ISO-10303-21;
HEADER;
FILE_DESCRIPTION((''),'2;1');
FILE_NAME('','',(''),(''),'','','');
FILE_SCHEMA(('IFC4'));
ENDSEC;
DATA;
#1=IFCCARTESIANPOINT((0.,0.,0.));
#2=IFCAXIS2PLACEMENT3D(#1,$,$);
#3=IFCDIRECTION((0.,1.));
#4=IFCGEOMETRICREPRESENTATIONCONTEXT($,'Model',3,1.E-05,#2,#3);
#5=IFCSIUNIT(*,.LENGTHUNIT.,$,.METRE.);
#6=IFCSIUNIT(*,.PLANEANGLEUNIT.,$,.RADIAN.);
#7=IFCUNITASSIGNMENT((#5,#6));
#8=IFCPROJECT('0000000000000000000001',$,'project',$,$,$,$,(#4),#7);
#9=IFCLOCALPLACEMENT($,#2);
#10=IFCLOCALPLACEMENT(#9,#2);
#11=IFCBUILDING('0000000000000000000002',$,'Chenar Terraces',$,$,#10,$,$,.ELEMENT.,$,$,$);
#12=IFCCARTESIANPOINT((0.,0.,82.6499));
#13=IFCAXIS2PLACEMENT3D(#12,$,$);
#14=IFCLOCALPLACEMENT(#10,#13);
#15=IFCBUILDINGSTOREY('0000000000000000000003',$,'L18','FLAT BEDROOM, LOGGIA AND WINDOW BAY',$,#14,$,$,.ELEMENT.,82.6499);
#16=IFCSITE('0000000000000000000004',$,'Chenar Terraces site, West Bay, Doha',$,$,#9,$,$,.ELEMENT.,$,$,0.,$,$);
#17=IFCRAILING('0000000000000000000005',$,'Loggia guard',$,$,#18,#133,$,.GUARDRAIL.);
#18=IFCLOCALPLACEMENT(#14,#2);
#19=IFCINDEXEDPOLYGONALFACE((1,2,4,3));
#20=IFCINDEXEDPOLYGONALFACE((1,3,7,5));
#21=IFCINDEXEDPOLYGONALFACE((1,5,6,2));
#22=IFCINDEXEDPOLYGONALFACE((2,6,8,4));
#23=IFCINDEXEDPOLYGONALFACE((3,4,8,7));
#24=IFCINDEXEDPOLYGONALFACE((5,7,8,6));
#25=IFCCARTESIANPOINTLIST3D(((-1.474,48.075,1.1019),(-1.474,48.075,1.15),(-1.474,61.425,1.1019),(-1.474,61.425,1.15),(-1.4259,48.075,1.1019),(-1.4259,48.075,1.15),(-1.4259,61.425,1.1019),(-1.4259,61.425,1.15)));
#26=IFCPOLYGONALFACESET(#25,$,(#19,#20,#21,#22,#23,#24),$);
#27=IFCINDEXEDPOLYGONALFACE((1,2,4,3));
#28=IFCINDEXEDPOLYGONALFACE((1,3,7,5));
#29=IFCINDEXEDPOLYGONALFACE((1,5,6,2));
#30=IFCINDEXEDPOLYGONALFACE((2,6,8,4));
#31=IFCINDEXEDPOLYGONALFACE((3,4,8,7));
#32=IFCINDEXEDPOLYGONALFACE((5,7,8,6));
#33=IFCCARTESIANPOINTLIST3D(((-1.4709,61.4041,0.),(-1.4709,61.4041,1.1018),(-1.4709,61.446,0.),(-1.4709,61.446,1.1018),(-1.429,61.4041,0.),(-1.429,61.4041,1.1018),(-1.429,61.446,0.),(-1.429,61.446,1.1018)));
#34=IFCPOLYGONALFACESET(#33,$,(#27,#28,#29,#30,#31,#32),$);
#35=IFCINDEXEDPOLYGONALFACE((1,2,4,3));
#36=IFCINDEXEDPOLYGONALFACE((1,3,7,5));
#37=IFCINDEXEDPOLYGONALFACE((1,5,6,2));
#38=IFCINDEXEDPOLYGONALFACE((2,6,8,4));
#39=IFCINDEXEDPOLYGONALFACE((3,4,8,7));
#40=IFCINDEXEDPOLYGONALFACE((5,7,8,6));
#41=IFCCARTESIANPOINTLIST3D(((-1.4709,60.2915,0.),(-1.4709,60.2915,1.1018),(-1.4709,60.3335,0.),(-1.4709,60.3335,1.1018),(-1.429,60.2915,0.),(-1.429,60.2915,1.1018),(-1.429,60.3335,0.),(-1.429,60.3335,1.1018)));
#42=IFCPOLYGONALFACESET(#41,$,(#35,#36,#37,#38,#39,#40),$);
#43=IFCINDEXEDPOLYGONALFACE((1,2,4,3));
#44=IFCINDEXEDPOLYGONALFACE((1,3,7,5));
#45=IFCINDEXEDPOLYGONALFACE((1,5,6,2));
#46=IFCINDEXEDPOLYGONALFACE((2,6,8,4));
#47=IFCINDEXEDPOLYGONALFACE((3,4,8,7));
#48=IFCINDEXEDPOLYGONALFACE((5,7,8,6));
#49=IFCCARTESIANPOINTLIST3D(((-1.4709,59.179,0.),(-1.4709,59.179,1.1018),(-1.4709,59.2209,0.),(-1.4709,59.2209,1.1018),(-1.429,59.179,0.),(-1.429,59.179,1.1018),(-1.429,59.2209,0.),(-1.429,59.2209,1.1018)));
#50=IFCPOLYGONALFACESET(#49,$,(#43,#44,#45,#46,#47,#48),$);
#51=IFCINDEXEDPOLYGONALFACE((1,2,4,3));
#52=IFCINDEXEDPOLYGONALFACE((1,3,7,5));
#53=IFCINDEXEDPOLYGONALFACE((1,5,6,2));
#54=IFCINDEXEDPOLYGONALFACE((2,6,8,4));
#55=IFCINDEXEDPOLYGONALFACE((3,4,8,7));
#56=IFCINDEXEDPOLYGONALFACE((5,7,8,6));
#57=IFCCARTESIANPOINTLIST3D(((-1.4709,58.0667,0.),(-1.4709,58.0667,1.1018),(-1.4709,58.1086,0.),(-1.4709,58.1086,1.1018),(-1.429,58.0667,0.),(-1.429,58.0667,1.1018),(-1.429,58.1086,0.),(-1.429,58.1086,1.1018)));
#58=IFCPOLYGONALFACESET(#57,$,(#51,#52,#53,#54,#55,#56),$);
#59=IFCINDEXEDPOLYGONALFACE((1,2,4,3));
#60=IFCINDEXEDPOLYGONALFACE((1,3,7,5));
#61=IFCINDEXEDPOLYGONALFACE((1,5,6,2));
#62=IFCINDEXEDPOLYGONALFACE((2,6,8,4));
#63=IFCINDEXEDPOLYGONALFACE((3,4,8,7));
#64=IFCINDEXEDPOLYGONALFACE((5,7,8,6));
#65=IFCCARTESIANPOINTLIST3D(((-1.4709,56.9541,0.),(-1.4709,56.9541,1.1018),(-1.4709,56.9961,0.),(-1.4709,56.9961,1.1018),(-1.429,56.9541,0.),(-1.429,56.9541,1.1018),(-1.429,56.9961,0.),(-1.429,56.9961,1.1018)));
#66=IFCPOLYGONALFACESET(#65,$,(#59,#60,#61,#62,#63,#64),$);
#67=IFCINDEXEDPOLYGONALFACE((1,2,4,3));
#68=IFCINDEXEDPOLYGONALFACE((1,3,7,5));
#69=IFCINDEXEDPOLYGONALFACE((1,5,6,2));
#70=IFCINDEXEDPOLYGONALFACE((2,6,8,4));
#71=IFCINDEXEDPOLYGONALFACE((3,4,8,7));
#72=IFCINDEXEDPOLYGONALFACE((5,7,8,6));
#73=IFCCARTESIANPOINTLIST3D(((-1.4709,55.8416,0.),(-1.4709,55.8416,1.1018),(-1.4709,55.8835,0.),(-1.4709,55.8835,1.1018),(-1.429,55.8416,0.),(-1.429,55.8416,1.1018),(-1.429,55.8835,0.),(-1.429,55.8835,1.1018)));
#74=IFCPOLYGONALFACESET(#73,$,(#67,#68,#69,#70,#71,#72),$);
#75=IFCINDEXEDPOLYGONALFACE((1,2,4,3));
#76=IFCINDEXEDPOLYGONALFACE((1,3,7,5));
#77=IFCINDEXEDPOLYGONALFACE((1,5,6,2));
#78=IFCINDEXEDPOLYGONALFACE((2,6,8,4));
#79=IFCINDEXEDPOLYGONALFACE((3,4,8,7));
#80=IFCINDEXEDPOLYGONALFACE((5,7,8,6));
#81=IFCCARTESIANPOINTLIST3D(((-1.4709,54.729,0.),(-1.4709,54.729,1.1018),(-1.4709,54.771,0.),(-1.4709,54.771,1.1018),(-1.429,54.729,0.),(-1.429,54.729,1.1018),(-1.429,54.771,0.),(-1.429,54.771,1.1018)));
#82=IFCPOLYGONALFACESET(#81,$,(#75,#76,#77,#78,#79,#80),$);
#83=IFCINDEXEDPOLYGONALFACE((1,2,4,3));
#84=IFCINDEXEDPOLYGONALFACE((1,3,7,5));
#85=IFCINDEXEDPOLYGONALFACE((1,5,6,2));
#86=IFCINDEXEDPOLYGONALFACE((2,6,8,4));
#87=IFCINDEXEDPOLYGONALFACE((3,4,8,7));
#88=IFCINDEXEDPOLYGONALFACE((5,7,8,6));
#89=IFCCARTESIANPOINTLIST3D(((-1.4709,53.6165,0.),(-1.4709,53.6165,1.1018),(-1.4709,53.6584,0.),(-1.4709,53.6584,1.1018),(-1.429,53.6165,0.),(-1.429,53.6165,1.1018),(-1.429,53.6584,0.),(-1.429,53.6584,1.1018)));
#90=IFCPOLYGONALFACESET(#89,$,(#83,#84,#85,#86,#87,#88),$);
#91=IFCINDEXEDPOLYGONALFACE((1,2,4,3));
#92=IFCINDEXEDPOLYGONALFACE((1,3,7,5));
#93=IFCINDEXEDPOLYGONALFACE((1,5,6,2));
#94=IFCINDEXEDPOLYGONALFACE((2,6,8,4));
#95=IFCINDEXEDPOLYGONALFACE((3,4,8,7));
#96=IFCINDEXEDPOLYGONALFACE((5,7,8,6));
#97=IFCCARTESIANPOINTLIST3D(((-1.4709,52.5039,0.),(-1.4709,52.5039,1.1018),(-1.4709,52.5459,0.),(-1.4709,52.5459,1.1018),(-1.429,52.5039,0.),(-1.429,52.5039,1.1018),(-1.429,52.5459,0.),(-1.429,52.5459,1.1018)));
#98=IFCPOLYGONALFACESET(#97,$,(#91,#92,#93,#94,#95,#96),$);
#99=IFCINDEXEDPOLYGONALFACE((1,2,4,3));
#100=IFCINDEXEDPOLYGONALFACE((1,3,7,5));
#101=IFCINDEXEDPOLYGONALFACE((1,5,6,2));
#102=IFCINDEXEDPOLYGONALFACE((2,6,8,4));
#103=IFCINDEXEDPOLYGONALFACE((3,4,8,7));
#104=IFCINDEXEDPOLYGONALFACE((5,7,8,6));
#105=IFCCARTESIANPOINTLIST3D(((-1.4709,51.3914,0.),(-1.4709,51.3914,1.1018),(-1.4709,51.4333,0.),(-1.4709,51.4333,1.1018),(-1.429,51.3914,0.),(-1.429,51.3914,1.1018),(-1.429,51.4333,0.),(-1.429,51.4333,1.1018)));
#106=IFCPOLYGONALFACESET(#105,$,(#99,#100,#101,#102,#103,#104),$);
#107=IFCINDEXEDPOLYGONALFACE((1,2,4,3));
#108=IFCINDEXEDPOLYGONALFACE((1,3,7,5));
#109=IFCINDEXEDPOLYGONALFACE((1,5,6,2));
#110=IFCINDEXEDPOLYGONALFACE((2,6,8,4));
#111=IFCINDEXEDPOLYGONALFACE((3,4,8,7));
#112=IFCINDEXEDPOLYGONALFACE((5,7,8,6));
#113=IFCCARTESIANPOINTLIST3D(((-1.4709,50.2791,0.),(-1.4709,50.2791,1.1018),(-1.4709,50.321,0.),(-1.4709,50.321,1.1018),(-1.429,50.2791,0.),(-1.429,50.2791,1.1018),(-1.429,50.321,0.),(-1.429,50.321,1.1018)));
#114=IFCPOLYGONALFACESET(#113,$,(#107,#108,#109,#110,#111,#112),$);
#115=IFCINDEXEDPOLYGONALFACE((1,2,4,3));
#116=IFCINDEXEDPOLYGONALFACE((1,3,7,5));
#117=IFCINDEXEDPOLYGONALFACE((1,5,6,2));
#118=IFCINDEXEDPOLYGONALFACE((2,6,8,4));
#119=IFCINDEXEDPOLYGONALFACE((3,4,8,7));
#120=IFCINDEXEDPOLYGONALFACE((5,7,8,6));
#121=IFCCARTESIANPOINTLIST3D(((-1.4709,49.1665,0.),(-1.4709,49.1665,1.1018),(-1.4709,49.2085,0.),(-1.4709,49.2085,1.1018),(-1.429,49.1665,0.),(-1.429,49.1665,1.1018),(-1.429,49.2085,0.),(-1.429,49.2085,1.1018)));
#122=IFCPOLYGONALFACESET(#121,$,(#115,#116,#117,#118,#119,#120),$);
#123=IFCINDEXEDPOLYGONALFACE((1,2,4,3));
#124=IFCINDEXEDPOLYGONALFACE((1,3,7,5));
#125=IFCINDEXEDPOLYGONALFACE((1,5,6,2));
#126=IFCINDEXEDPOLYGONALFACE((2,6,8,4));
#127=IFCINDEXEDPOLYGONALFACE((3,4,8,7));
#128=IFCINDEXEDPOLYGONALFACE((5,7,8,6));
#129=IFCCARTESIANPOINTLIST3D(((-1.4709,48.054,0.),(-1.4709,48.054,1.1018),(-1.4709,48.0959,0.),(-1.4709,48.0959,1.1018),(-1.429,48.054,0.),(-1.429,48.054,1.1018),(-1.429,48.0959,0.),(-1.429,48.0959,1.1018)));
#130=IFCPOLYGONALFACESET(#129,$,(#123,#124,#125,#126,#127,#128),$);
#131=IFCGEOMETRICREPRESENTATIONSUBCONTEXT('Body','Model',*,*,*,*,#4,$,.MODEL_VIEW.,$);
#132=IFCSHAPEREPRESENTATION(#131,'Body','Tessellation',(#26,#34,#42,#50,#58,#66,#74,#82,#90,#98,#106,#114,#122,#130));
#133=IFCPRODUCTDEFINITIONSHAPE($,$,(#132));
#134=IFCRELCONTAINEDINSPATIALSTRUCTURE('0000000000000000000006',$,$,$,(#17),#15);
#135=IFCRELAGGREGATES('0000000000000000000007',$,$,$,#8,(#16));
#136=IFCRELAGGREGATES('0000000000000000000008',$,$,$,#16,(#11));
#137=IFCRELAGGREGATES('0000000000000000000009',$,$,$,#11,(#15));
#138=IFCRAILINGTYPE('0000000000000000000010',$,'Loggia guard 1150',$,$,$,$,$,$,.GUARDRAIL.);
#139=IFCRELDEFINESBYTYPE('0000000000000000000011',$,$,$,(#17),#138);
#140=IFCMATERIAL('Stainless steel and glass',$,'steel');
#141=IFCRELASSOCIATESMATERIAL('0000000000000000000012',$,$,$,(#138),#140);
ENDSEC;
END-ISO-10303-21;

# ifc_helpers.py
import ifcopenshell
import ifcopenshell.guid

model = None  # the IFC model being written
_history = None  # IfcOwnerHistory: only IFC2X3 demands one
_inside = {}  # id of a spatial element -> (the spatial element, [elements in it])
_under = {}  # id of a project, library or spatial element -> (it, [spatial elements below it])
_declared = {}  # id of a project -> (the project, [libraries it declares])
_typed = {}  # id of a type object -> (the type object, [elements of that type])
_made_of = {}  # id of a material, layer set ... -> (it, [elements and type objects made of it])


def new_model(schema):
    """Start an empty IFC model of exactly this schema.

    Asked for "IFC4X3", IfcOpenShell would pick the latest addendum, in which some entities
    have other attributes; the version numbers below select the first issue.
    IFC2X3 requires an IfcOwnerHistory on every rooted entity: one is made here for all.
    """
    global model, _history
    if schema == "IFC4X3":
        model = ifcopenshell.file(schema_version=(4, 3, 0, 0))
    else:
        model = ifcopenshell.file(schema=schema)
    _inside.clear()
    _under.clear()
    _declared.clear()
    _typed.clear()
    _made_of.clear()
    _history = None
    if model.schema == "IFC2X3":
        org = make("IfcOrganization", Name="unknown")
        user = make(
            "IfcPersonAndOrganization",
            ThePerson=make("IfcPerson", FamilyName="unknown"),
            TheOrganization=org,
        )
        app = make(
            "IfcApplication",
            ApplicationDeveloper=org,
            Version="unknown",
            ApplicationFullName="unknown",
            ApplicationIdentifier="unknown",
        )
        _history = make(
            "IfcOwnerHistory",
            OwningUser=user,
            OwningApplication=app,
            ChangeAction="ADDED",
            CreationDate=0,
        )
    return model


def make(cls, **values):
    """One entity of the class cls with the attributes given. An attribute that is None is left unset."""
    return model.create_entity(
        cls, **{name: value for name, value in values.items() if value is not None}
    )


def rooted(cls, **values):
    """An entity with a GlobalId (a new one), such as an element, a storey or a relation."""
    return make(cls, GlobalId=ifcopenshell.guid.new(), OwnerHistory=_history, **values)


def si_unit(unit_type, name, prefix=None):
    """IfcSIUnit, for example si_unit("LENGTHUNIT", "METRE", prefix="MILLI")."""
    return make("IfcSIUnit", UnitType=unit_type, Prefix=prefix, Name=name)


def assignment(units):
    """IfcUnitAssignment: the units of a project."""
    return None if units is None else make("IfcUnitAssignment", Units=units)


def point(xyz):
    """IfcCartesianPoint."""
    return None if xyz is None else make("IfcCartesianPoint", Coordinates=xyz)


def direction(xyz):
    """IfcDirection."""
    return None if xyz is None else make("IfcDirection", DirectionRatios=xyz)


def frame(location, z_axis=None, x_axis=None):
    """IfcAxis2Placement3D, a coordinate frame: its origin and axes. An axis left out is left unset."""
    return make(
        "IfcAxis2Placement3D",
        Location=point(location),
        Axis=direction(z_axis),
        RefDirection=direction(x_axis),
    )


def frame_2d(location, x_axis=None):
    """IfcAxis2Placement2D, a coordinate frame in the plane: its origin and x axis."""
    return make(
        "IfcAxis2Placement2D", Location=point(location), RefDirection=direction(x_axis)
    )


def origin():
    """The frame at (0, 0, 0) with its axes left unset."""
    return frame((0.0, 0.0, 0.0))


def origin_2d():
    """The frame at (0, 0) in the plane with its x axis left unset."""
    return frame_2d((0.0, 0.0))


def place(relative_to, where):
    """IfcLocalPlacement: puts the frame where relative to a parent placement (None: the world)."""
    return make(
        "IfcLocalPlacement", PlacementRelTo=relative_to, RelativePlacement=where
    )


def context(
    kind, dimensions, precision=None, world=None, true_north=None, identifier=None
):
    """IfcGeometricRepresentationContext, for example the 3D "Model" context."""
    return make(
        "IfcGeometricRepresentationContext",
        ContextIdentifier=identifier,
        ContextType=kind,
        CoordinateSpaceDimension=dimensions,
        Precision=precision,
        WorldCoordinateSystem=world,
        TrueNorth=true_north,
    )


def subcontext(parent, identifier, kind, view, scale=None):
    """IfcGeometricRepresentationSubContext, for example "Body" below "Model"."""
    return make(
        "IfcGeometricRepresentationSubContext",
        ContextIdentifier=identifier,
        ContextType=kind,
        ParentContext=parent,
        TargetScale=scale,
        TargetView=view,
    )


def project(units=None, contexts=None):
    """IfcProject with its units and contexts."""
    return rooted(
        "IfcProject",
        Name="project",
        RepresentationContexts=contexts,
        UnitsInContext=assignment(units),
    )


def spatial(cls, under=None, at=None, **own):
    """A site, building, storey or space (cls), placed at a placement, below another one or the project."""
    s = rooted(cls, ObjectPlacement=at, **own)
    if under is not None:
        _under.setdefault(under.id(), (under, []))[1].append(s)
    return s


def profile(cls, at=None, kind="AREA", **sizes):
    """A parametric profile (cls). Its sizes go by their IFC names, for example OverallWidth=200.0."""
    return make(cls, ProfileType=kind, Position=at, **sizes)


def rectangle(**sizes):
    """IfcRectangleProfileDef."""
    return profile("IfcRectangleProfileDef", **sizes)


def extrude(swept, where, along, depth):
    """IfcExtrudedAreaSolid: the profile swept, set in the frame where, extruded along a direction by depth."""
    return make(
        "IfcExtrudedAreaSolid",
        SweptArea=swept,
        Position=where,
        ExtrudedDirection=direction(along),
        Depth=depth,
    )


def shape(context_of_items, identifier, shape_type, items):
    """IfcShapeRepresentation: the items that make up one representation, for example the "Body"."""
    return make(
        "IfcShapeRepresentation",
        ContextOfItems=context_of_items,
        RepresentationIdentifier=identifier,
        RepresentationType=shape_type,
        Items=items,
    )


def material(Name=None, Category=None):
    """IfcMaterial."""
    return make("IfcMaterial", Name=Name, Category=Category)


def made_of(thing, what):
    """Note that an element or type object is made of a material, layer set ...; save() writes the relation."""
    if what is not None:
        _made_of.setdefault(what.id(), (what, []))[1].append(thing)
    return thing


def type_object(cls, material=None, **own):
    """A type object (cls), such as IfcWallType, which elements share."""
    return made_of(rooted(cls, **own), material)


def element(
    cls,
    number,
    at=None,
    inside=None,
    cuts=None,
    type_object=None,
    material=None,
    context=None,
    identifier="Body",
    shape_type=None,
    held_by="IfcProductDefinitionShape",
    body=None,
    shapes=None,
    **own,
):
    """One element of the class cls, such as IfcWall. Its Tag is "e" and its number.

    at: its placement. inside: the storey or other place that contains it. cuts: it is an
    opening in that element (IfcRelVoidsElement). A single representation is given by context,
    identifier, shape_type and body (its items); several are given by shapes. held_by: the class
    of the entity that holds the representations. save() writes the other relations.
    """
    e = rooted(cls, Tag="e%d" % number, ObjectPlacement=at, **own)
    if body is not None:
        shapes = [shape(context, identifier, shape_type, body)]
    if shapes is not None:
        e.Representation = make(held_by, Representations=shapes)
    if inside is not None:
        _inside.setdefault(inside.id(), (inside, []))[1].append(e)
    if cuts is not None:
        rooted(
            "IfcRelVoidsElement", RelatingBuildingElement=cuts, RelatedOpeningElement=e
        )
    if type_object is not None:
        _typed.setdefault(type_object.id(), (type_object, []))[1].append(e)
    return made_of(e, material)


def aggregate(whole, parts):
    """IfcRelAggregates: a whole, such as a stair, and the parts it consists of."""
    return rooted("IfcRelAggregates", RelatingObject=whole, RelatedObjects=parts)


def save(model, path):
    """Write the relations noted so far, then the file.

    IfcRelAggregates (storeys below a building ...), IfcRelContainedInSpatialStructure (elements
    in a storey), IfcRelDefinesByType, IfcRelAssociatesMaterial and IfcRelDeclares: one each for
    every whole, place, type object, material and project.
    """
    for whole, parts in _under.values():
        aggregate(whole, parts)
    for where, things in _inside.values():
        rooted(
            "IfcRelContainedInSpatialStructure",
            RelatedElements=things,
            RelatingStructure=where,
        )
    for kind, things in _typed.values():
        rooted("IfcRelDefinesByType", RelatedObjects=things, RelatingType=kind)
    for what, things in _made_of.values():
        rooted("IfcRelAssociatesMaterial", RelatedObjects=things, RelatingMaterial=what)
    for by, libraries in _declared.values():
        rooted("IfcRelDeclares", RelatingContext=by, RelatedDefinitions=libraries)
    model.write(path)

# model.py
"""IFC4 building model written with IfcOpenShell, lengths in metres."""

from ifc_helpers import new_model, si_unit, direction, frame, origin, origin_2d, place, context, subcontext, project, spatial, rectangle, extrude, material, type_object, element, save


model = new_model("IFC4")

# Units and contexts
model_context = context("Model", 3, precision=1e-05, world=origin(), true_north=direction((0.0, 1.0)))
body_context = subcontext(model_context, "Body", "Model", "MODEL_VIEW")
ifc_project = project(units=[si_unit("LENGTHUNIT", "METRE"), si_unit("PLANEANGLEUNIT", "RADIAN")], contexts=[model_context])

# Site, building, storey
site_placement = place(None, origin())
site = spatial("IfcSite", under=ifc_project, at=site_placement, Name="Chenar Terraces site, West Bay, Doha", CompositionType="ELEMENT", RefElevation=0.0)
building_placement = place(site_placement, origin())
building = spatial("IfcBuilding", under=site, at=building_placement, Name="Chenar Terraces", CompositionType="ELEMENT")
storey_placement = place(building_placement, frame((0.0, 0.0, 82.6499)))
storey = spatial("IfcBuildingStorey", under=building, at=storey_placement, Name="L18", Description="FLAT BEDROOM, LOGGIA AND WINDOW BAY", CompositionType="ELEMENT", Elevation=82.6499)

# Railing
ifc_material_1 = material(Name="Stainless steel and glass", Category="steel")
railing_type = type_object("IfcRailingType", Name="Loggia guard 1150", PredefinedType="GUARDRAIL", material=ifc_material_1)
railing_1_placement = place(storey_placement, frame((-1.45, 61.425, 0.0)))
element("IfcRailing", 1, at=railing_1_placement, inside=storey, type_object=railing_type, Name="Loggia guard", PredefinedType="GUARDRAIL", context=body_context, shape_type="SweptSolid", body=[
    extrude(rectangle(XDim=0.0481, YDim=0.0481, at=origin_2d()), frame((0.0, 0.0, 1.126), z_axis=(0.0, -1.0, 0.0), x_axis=(1.0, 0.0, 0.0)), (0.0, 0.0, 1.0), 13.3501),
    extrude(rectangle(XDim=0.042, YDim=0.042, at=origin_2d()), origin(), (0.0, 0.0, 1.0), 1.1018),
    extrude(rectangle(XDim=0.042, YDim=0.042, at=origin_2d()), frame((0.0, -1.1125, 0.0)), (0.0, 0.0, 1.0), 1.1018),
    extrude(rectangle(XDim=0.042, YDim=0.042, at=origin_2d()), frame((0.0, -2.2251, 0.0)), (0.0, 0.0, 1.0), 1.1018),
    extrude(rectangle(XDim=0.042, YDim=0.042, at=origin_2d()), frame((0.0, -3.3374, 0.0)), (0.0, 0.0, 1.0), 1.1018),
    extrude(rectangle(XDim=0.042, YDim=0.042, at=origin_2d()), frame((0.0, -4.45, 0.0)), (0.0, 0.0, 1.0), 1.1018),
    extrude(rectangle(XDim=0.042, YDim=0.042, at=origin_2d()), frame((0.0, -5.5625, 0.0)), (0.0, 0.0, 1.0), 1.1018),
    extrude(rectangle(XDim=0.042, YDim=0.042, at=origin_2d()), frame((0.0, -6.675, 0.0)), (0.0, 0.0, 1.0), 1.1018),
    extrude(rectangle(XDim=0.042, YDim=0.042, at=origin_2d()), frame((0.0, -7.7876, 0.0)), (0.0, 0.0, 1.0), 1.1018),
    extrude(rectangle(XDim=0.042, YDim=0.042, at=origin_2d()), frame((0.0, -8.9001, 0.0)), (0.0, 0.0, 1.0), 1.1018),
    extrude(rectangle(XDim=0.042, YDim=0.042, at=origin_2d()), frame((0.0, -10.0127, 0.0)), (0.0, 0.0, 1.0), 1.1018),
    extrude(rectangle(XDim=0.042, YDim=0.042, at=origin_2d()), frame((0.0, -11.125, 0.0)), (0.0, 0.0, 1.0), 1.1018),
    extrude(rectangle(XDim=0.042, YDim=0.042, at=origin_2d()), frame((0.0, -12.2375, 0.0)), (0.0, 0.0, 1.0), 1.1018),
    extrude(rectangle(XDim=0.042, YDim=0.042, at=origin_2d()), frame((0.0, -13.3501, 0.0)), (0.0, 0.0, 1.0), 1.1018),
])

save(model, "model.ifc")
